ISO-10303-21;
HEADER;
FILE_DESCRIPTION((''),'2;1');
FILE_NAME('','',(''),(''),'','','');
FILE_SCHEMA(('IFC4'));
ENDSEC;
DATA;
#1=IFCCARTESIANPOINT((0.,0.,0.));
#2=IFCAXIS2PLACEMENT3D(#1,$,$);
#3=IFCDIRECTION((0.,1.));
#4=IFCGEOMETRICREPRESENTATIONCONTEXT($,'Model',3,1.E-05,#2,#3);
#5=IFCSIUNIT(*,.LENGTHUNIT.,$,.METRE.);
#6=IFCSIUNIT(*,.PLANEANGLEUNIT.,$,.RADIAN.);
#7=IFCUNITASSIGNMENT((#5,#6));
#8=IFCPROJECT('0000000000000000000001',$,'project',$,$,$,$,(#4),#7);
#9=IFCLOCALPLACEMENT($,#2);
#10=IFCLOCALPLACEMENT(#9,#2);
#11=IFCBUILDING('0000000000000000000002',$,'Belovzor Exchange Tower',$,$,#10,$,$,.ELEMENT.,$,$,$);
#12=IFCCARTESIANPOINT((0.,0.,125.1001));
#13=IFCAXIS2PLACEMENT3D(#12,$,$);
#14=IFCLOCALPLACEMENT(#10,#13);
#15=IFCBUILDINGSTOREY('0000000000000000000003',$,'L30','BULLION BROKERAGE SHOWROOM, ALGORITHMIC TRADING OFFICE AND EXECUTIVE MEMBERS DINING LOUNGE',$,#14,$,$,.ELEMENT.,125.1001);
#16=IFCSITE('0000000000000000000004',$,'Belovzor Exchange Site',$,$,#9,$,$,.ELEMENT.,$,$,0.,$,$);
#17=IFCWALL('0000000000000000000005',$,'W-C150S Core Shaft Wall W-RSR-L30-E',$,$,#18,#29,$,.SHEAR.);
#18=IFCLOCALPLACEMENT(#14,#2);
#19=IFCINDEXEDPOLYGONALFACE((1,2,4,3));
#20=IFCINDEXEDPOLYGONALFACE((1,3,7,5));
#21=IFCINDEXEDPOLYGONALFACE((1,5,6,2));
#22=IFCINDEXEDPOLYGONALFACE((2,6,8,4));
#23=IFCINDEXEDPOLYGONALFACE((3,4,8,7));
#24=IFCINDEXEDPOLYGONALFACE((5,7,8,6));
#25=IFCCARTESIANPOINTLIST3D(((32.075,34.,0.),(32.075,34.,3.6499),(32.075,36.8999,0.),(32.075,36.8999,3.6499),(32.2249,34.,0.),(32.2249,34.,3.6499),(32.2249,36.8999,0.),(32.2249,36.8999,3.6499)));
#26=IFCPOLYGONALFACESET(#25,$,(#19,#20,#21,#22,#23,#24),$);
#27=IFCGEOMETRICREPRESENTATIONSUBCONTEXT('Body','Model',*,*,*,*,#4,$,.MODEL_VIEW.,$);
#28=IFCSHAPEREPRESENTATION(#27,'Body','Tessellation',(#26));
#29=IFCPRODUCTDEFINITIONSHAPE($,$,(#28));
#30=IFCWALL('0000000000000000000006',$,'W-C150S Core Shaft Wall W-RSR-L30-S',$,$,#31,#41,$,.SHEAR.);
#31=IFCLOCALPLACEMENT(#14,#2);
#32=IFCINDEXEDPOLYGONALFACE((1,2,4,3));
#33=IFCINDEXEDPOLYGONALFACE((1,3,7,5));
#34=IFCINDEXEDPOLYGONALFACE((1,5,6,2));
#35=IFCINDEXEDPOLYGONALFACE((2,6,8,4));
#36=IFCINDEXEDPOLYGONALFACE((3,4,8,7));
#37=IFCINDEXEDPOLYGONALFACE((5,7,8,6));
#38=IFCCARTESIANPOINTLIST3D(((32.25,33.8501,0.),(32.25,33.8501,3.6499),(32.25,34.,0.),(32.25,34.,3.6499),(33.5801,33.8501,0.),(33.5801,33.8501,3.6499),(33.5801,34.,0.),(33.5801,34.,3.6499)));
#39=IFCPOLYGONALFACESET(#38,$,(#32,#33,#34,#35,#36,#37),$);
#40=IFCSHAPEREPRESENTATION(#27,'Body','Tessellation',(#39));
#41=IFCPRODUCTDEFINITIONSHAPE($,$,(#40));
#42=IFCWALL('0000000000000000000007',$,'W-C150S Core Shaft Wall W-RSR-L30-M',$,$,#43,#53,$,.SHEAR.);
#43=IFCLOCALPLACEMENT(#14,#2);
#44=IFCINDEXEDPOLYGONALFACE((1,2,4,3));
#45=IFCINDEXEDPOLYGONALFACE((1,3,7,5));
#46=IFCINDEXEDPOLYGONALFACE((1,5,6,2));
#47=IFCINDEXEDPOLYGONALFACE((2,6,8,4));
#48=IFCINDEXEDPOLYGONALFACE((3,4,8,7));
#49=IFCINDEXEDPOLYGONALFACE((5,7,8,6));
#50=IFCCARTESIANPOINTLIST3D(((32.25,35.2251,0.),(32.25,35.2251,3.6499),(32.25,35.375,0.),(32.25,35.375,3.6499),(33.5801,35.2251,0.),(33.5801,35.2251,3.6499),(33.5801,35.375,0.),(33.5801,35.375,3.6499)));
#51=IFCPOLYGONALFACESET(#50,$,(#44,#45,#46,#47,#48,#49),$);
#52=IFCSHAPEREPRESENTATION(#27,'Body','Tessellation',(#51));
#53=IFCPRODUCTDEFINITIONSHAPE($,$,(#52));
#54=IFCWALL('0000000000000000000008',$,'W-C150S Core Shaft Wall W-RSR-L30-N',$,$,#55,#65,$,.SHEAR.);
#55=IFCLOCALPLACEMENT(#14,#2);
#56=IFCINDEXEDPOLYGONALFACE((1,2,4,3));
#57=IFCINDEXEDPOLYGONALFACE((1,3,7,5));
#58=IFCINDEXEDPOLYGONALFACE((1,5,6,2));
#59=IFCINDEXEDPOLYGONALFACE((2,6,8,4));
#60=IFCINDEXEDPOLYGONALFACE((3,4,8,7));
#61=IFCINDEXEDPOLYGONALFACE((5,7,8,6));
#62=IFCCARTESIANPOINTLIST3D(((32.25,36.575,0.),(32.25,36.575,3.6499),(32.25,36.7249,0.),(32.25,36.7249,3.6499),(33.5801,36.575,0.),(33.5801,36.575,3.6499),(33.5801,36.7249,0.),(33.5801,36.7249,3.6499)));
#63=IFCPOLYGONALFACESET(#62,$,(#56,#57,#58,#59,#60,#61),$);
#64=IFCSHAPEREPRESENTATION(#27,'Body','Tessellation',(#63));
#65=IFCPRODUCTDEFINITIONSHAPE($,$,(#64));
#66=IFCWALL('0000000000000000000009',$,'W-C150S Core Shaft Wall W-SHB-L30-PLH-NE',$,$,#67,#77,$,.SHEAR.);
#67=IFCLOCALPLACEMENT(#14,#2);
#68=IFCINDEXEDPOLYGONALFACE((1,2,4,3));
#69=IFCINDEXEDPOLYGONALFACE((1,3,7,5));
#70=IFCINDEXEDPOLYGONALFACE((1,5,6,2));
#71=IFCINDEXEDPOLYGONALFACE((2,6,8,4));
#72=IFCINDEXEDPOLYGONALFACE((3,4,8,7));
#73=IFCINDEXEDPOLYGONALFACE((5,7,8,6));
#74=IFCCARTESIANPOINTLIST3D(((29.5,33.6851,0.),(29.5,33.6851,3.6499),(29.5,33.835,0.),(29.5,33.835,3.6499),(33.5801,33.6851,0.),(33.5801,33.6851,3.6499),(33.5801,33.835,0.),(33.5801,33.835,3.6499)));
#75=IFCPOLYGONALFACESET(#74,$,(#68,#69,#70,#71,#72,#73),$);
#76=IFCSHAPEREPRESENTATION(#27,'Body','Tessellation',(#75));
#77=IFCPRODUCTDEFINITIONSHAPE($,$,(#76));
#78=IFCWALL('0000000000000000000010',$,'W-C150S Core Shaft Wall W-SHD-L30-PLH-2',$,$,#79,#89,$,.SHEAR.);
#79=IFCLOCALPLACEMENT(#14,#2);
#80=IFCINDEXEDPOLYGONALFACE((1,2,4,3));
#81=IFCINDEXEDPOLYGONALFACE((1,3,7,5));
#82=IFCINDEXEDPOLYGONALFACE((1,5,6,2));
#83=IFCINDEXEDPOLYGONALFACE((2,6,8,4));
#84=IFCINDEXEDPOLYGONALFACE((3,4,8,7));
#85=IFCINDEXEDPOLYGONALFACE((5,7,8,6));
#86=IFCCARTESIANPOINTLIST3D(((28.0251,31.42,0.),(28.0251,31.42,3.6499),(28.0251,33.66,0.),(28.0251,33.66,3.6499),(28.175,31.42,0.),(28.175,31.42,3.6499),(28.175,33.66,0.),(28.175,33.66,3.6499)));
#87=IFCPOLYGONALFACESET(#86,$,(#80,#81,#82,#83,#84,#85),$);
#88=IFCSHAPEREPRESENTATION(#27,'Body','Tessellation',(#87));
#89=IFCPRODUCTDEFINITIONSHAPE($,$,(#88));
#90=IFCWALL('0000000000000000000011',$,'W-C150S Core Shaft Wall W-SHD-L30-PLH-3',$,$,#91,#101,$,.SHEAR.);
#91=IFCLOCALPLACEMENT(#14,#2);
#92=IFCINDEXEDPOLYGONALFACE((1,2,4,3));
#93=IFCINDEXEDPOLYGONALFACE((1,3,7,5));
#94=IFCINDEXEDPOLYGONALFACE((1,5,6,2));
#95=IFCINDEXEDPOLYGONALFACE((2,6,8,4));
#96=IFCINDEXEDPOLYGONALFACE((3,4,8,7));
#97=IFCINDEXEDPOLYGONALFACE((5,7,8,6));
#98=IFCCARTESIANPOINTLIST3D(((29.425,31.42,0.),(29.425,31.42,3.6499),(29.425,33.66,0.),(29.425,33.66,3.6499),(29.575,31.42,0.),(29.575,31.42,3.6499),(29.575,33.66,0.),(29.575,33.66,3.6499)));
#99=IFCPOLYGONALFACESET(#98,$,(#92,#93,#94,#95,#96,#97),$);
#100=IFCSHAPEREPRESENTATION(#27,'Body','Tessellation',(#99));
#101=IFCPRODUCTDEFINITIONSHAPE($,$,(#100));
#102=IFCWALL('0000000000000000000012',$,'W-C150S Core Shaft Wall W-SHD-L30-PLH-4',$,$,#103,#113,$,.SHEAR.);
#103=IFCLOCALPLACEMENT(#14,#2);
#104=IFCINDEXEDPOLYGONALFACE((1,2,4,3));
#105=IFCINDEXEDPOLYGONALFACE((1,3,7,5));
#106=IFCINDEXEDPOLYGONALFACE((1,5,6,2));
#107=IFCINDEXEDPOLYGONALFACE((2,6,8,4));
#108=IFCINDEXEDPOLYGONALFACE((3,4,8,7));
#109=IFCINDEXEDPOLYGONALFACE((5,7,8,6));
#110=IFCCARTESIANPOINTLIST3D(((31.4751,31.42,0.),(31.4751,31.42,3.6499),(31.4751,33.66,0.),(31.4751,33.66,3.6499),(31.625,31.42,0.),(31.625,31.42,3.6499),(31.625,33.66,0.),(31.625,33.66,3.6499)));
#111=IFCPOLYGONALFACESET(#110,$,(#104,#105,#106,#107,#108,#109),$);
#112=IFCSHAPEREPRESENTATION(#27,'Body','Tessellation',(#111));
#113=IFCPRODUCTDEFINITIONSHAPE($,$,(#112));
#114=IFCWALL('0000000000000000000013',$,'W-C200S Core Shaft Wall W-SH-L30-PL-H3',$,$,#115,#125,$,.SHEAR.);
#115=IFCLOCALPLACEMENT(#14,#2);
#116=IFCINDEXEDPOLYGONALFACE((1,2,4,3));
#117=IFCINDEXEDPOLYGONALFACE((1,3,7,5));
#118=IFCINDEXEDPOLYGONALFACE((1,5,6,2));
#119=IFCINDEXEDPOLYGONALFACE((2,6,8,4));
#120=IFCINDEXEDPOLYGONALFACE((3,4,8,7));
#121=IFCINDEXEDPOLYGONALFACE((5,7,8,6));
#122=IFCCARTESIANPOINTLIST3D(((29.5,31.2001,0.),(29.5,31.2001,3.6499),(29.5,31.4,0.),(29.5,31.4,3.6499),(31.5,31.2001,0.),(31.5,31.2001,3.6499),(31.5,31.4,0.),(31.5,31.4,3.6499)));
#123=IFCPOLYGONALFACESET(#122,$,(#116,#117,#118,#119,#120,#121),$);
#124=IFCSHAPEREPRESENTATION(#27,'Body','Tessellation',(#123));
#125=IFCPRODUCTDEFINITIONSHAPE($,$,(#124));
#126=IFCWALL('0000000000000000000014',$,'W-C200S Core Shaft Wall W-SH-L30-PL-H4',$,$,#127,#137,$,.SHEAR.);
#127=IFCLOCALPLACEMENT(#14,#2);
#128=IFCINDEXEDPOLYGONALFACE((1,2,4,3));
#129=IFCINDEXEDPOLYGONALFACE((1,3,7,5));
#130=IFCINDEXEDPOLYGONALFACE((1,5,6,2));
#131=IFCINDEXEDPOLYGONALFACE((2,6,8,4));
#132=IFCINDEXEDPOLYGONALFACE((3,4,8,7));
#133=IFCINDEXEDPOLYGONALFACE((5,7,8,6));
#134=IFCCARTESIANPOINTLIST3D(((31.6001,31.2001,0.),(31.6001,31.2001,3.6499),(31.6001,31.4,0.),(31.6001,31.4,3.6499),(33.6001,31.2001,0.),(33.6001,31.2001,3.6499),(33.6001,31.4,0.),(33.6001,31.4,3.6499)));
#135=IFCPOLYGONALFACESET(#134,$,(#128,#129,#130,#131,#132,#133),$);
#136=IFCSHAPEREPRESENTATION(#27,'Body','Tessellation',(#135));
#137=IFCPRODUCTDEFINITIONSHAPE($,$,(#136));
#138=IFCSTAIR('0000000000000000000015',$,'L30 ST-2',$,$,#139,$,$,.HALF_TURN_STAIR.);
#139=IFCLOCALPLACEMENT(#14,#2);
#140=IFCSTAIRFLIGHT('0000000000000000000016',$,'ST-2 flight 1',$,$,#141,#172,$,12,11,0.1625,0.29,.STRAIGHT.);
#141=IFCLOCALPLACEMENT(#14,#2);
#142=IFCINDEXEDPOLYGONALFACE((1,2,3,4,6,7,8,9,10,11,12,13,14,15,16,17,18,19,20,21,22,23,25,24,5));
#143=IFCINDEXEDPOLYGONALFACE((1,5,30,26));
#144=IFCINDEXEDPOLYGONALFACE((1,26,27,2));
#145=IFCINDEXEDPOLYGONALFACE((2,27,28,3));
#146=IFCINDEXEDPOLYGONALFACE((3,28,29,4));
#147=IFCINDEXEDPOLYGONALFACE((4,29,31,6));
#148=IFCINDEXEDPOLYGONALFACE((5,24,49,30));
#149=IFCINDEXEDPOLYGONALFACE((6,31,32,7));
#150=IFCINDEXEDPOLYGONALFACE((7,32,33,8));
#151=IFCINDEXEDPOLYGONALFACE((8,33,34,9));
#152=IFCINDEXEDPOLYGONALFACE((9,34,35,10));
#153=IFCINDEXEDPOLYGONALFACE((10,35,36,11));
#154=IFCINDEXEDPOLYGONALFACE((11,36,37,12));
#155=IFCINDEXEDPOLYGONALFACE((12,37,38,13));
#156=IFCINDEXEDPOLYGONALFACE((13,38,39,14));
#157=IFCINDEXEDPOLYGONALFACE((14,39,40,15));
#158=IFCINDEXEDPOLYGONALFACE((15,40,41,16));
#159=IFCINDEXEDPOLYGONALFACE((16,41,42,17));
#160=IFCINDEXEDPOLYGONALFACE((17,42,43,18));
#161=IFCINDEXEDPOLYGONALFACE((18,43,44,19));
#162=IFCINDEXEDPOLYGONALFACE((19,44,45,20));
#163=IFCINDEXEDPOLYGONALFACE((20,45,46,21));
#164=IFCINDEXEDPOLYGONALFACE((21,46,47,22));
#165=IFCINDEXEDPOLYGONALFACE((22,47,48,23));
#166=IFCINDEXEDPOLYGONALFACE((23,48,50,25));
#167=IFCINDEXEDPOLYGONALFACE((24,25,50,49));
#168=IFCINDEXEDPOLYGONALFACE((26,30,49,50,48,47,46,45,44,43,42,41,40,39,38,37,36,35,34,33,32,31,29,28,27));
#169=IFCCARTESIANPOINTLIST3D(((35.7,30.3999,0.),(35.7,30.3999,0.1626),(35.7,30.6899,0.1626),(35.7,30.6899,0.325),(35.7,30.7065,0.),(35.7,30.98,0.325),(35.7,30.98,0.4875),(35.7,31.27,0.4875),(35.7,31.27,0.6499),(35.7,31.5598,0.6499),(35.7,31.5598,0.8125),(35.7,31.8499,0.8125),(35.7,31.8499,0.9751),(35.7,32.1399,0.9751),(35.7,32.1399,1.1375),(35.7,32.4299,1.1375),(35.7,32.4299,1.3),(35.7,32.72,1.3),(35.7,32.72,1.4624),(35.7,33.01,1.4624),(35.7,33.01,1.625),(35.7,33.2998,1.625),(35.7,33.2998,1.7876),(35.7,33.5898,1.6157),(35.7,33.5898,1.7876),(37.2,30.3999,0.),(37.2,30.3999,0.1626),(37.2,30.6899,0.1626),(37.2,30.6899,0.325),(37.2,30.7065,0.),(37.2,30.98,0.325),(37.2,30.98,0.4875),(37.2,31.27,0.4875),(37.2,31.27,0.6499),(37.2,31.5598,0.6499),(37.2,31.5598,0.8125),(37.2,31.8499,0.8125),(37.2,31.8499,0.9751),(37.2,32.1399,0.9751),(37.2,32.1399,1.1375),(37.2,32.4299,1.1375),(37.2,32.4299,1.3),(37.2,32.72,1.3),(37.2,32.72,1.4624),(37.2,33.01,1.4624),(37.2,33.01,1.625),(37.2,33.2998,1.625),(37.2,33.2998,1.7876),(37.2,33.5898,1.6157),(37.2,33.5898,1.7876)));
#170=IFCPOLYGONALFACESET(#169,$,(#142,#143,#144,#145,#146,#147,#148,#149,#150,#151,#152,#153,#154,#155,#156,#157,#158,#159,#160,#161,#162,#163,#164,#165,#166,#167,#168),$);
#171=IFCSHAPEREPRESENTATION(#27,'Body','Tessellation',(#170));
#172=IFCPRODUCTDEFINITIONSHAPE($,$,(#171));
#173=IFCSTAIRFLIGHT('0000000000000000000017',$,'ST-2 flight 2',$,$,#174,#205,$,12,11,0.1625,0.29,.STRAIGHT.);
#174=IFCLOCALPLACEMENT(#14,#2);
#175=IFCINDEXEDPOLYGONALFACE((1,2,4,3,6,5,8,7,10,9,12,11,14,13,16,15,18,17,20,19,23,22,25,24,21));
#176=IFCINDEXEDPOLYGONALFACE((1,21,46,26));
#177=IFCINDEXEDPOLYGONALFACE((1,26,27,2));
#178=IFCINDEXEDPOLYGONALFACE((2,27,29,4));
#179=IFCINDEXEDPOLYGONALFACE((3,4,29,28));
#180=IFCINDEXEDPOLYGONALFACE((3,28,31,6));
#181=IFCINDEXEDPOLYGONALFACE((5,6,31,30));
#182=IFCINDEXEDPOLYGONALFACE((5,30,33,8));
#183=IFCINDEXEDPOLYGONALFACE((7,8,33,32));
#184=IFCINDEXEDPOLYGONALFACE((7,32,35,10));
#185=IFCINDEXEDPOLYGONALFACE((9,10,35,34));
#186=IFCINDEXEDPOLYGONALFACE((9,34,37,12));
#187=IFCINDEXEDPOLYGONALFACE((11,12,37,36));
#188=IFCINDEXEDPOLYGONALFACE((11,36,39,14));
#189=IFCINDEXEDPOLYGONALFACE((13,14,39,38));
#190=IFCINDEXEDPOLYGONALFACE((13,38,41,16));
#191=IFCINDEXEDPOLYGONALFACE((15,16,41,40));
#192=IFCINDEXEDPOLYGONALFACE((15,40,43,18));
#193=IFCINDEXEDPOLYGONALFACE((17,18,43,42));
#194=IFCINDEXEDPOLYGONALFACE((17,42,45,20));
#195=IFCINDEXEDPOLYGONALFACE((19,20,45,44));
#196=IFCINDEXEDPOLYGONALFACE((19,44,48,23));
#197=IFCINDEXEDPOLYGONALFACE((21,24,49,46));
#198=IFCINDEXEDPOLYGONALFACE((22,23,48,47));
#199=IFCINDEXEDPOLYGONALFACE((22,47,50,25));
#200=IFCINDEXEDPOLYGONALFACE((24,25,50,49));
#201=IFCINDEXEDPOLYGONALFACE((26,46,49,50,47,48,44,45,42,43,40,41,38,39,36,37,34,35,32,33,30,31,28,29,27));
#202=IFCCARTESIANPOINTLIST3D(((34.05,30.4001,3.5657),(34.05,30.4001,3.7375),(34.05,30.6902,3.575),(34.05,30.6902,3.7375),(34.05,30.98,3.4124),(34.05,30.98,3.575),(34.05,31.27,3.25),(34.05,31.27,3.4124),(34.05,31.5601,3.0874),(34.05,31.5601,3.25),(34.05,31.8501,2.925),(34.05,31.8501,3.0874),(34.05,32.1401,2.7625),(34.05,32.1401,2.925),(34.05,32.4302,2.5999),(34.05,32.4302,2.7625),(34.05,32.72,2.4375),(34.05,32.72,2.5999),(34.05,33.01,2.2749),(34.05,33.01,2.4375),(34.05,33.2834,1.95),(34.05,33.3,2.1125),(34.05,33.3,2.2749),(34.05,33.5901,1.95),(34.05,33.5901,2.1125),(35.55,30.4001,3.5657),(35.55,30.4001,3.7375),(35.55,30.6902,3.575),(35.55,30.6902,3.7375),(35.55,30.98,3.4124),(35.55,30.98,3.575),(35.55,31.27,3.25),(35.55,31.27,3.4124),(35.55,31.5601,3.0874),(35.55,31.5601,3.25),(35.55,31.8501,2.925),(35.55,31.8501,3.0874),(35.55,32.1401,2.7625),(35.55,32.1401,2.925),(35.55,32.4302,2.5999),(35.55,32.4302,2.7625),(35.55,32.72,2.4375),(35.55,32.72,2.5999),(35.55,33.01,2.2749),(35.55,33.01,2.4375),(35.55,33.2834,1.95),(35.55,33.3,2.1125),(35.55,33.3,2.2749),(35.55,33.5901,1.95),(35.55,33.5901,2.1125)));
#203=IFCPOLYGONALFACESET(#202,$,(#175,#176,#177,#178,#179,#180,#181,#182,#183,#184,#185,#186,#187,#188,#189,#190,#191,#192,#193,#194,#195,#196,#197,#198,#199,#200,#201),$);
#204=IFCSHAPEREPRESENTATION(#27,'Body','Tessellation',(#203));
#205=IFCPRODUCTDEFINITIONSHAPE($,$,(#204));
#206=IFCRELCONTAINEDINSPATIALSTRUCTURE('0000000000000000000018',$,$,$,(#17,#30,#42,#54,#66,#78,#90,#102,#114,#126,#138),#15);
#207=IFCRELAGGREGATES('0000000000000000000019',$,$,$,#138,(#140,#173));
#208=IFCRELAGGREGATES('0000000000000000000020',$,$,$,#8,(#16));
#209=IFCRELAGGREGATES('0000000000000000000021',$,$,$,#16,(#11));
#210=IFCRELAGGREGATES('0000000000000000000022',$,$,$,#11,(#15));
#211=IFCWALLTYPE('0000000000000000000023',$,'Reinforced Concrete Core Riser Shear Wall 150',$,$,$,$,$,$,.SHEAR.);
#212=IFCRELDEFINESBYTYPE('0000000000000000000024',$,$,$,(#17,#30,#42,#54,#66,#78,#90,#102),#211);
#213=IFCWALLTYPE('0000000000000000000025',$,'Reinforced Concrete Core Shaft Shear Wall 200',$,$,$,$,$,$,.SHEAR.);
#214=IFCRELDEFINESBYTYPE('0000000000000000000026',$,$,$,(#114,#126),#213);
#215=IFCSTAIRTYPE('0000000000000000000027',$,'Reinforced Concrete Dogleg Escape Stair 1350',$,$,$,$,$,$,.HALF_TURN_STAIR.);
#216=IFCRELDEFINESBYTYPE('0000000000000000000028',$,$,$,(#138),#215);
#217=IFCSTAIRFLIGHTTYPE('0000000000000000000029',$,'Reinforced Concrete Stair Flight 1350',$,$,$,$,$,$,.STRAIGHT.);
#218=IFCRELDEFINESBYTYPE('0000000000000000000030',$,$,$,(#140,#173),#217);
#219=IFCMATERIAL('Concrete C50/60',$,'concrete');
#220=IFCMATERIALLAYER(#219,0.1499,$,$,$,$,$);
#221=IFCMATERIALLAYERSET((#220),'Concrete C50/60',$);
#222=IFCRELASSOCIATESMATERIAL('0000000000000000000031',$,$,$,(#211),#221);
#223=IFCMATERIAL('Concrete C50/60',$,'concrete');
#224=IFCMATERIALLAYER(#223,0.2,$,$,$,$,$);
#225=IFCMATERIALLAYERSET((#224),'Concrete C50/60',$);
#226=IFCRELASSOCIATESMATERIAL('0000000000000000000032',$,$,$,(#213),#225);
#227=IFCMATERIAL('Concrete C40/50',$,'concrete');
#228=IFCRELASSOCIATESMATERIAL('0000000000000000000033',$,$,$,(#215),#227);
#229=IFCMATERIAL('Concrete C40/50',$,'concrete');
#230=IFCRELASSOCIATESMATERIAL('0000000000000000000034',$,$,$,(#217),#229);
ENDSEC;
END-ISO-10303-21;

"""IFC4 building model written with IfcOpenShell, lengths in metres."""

from ifc_helpers import new_model, si_unit, direction, frame, frame_2d, origin, place, context, subcontext, project, spatial, polyline, rectangle, outline, extrude, material, layer, layer_set, type_object, element, aggregate, save


model = new_model("IFC4")

# Units and contexts
model_context = context("Model", 3, precision=1e-05, world=origin(), true_north=direction((0.0, 1.0)))
body_context = subcontext(model_context, "Body", "Model", "MODEL_VIEW")
ifc_project = project(units=[si_unit("LENGTHUNIT", "METRE"), si_unit("PLANEANGLEUNIT", "RADIAN")], contexts=[model_context])

# Site, building, storey
site_placement = place(None, origin())
site = spatial("IfcSite", under=ifc_project, at=site_placement, Name="Belovzor Exchange Site", CompositionType="ELEMENT", RefElevation=0.0)
building_placement = place(site_placement, origin())
building = spatial("IfcBuilding", under=site, at=building_placement, Name="Belovzor Exchange Tower", CompositionType="ELEMENT")
storey_placement = place(building_placement, frame((0.0, 0.0, 125.1001)))
storey = spatial("IfcBuildingStorey", under=building, at=storey_placement, Name="L30", Description="BULLION BROKERAGE SHOWROOM, ALGORITHMIC TRADING OFFICE AND EXECUTIVE MEMBERS DINING LOUNGE", CompositionType="ELEMENT", Elevation=125.1001)

# Walls
ifc_material_1 = material(Name="Concrete C50/60", Category="concrete")
ifc_layer_1 = layer(ifc_material_1, 0.1499)
ifc_layer_set_1 = layer_set([ifc_layer_1], Name="Concrete C50/60")
wall_type_1 = type_object("IfcWallType", Name="Reinforced Concrete Core Riser Shear Wall 150", PredefinedType="SHEAR", material=ifc_layer_set_1)
wall_1_placement = place(storey_placement, frame((32.1499, 34.0, 0.0), z_axis=(0.0, 0.0, 1.0), x_axis=(0.0, 1.0, 0.0)))
element("IfcWall", 1, at=wall_1_placement, inside=storey, type_object=wall_type_1, Name="W-C150S Core Shaft Wall W-RSR-L30-E", PredefinedType="SHEAR", context=body_context, shape_type="SweptSolid", body=[
    extrude(rectangle(XDim=2.8999, YDim=0.1499, at=frame_2d((1.45, 0.0))), origin(), (0.0, 0.0, 1.0), 3.6499),
])
for number, where, z_axis, x_axis, name in (
    (2, (32.25, 33.925, 0.0), (0.0, 0.0, 1.0), (1.0, 0.0, 0.0), "W-C150S Core Shaft Wall W-RSR-L30-S"),
    (3, (32.25, 35.3, 0.0), (0.0, 0.0, 1.0), (1.0, 0.0, 0.0), "W-C150S Core Shaft Wall W-RSR-L30-M"),
    (4, (32.25, 36.6499, 0.0), (0.0, 0.0, 1.0), (1.0, 0.0, 0.0), "W-C150S Core Shaft Wall W-RSR-L30-N"),
):
    element("IfcWall", number, at=place(storey_placement, frame(where, z_axis=z_axis, x_axis=x_axis)), inside=storey, type_object=wall_type_1, Name=name, PredefinedType="SHEAR", context=body_context, shape_type="SweptSolid", body=[
        extrude(rectangle(XDim=1.3301, YDim=0.1499, at=frame_2d((0.665, 0.0))), origin(), (0.0, 0.0, 1.0), 3.6499),
    ])
wall_2_placement = place(storey_placement, frame((29.5, 33.76, 0.0), z_axis=(0.0, 0.0, 1.0), x_axis=(1.0, 0.0, 0.0)))
element("IfcWall", 5, at=wall_2_placement, inside=storey, type_object=wall_type_1, Name="W-C150S Core Shaft Wall W-SHB-L30-PLH-NE", PredefinedType="SHEAR", context=body_context, shape_type="SweptSolid", body=[
    extrude(rectangle(XDim=4.0801, YDim=0.1499, at=frame_2d((2.04, 0.0))), origin(), (0.0, 0.0, 1.0), 3.6499),
])
for number, where, z_axis, x_axis, name in (
    (6, (28.1001, 31.4199, 0.0), (0.0, 0.0, 1.0), (0.0, 1.0, 0.0), "W-C150S Core Shaft Wall W-SHD-L30-PLH-2"),
    (7, (29.5, 31.4199, 0.0), (0.0, 0.0, 1.0), (0.0, 1.0, 0.0), "W-C150S Core Shaft Wall W-SHD-L30-PLH-3"),
    (8, (31.55, 31.4199, 0.0), (0.0, 0.0, 1.0), (0.0, 1.0, 0.0), "W-C150S Core Shaft Wall W-SHD-L30-PLH-4"),
):
    element("IfcWall", number, at=place(storey_placement, frame(where, z_axis=z_axis, x_axis=x_axis)), inside=storey, type_object=wall_type_1, Name=name, PredefinedType="SHEAR", context=body_context, shape_type="SweptSolid", body=[
        extrude(rectangle(XDim=2.24, YDim=0.1499, at=frame_2d((1.1201, 0.0))), origin(), (0.0, 0.0, 1.0), 3.6499),
    ])
ifc_material_2 = material(Name="Concrete C50/60", Category="concrete")
ifc_layer_2 = layer(ifc_material_2, 0.2)
ifc_layer_set_2 = layer_set([ifc_layer_2], Name="Concrete C50/60")
wall_type_2 = type_object("IfcWallType", Name="Reinforced Concrete Core Shaft Shear Wall 200", PredefinedType="SHEAR", material=ifc_layer_set_2)
for number, where, z_axis, x_axis, name in (
    (9, (29.5, 31.3, 0.0), (0.0, 0.0, 1.0), (1.0, 0.0, 0.0), "W-C200S Core Shaft Wall W-SH-L30-PL-H3"),
    (10, (31.6001, 31.3, 0.0), (0.0, 0.0, 1.0), (1.0, 0.0, 0.0), "W-C200S Core Shaft Wall W-SH-L30-PL-H4"),
):
    element("IfcWall", number, at=place(storey_placement, frame(where, z_axis=z_axis, x_axis=x_axis)), inside=storey, type_object=wall_type_2, Name=name, PredefinedType="SHEAR", context=body_context, shape_type="SweptSolid", body=[
        extrude(rectangle(XDim=2.0, YDim=0.2, at=frame_2d((1.0, 0.0))), origin(), (0.0, 0.0, 1.0), 3.6499),
    ])

# Stair, stair flights
ifc_material_3 = material(Name="Concrete C40/50", Category="concrete")
stair_type = type_object("IfcStairType", Name="Reinforced Concrete Dogleg Escape Stair 1350", PredefinedType="HALF_TURN_STAIR", material=ifc_material_3)
stair_placement = place(storey_placement, origin())
stair = element("IfcStair", 11, at=stair_placement, inside=storey, type_object=stair_type, Name="L30 ST-2", PredefinedType="HALF_TURN_STAIR")
ifc_material_4 = material(Name="Concrete C40/50", Category="concrete")
stair_flight_type = type_object("IfcStairFlightType", Name="Reinforced Concrete Stair Flight 1350", PredefinedType="STRAIGHT", material=ifc_material_4)
stair_flight_1_placement = place(storey_placement, frame((36.45, 30.3999, 0.0), z_axis=(0.0, 0.0, 1.0), x_axis=(0.0, 1.0, 0.0)))
stair_flight_1 = element("IfcStairFlight", 12, at=stair_flight_1_placement, type_object=stair_flight_type, Name="ST-2 flight 1", NumberOfRisers=12, NumberOfTreads=11, PredefinedType="STRAIGHT", RiserHeight=0.1625, TreadLength=0.29, context=body_context, shape_type="SweptSolid", body=[
    extrude(outline(polyline([(0.0, 0.0), (0.0, 0.1626), (0.29, 0.1626), (0.29, 0.325), (0.5801, 0.325), (0.5801, 0.4875), (0.8701, 0.4875), (0.8701, 0.6499), (1.1599, 0.6499), (1.1599, 0.8125), (1.45, 0.8125), (1.45, 0.9751), (1.74, 0.9751), (1.74, 1.1375), (2.03, 1.1375), (2.03, 1.3), (2.3201, 1.3), (2.3201, 1.4624), (2.6101, 1.4624), (2.6101, 1.625), (2.8999, 1.625), (2.8999, 1.7876), (3.1899, 1.7876), (3.1899, 1.95), (3.1899, 1.6157), (0.3066, 0.0), (0.0, 0.0)])), frame((0.0, 0.75, 0.0), z_axis=(0.0, -1.0, 0.0), x_axis=(1.0, 0.0, 0.0)), (0.0, 0.0, 1.0), 1.5),
])
stair_flight_2_placement = place(storey_placement, frame((34.8, 33.5901, 1.95), z_axis=(0.0, 0.0, 1.0), x_axis=(0.0, -1.0, 0.0)))
stair_flight_2 = element("IfcStairFlight", 13, at=stair_flight_2_placement, type_object=stair_flight_type, Name="ST-2 flight 2", NumberOfRisers=12, NumberOfTreads=11, PredefinedType="STRAIGHT", RiserHeight=0.1625, TreadLength=0.29, context=body_context, shape_type="SweptSolid", body=[
    extrude(outline(polyline([(0.0, 0.0), (0.0, 0.1626), (0.29, 0.1626), (0.29, 0.325), (0.5801, 0.325), (0.5801, 0.4875), (0.8701, 0.4875), (0.8701, 0.6499), (1.1599, 0.6499), (1.1599, 0.8125), (1.45, 0.8125), (1.45, 0.9751), (1.74, 0.9751), (1.74, 1.1375), (2.03, 1.1375), (2.03, 1.3), (2.3201, 1.3), (2.3201, 1.4624), (2.6101, 1.4624), (2.6101, 1.625), (2.8999, 1.625), (2.8999, 1.7876), (3.1899, 1.7876), (3.1899, 1.95), (3.1899, 1.6157), (0.3066, 0.0), (0.0, 0.0)])), frame((0.0, 0.75, 0.0), z_axis=(0.0, -1.0, 0.0), x_axis=(1.0, 0.0, 0.0)), (0.0, 0.0, 1.0), 1.5),
])
aggregate(stair, [stair_flight_1, stair_flight_2])

save(model, "model.ifc")
